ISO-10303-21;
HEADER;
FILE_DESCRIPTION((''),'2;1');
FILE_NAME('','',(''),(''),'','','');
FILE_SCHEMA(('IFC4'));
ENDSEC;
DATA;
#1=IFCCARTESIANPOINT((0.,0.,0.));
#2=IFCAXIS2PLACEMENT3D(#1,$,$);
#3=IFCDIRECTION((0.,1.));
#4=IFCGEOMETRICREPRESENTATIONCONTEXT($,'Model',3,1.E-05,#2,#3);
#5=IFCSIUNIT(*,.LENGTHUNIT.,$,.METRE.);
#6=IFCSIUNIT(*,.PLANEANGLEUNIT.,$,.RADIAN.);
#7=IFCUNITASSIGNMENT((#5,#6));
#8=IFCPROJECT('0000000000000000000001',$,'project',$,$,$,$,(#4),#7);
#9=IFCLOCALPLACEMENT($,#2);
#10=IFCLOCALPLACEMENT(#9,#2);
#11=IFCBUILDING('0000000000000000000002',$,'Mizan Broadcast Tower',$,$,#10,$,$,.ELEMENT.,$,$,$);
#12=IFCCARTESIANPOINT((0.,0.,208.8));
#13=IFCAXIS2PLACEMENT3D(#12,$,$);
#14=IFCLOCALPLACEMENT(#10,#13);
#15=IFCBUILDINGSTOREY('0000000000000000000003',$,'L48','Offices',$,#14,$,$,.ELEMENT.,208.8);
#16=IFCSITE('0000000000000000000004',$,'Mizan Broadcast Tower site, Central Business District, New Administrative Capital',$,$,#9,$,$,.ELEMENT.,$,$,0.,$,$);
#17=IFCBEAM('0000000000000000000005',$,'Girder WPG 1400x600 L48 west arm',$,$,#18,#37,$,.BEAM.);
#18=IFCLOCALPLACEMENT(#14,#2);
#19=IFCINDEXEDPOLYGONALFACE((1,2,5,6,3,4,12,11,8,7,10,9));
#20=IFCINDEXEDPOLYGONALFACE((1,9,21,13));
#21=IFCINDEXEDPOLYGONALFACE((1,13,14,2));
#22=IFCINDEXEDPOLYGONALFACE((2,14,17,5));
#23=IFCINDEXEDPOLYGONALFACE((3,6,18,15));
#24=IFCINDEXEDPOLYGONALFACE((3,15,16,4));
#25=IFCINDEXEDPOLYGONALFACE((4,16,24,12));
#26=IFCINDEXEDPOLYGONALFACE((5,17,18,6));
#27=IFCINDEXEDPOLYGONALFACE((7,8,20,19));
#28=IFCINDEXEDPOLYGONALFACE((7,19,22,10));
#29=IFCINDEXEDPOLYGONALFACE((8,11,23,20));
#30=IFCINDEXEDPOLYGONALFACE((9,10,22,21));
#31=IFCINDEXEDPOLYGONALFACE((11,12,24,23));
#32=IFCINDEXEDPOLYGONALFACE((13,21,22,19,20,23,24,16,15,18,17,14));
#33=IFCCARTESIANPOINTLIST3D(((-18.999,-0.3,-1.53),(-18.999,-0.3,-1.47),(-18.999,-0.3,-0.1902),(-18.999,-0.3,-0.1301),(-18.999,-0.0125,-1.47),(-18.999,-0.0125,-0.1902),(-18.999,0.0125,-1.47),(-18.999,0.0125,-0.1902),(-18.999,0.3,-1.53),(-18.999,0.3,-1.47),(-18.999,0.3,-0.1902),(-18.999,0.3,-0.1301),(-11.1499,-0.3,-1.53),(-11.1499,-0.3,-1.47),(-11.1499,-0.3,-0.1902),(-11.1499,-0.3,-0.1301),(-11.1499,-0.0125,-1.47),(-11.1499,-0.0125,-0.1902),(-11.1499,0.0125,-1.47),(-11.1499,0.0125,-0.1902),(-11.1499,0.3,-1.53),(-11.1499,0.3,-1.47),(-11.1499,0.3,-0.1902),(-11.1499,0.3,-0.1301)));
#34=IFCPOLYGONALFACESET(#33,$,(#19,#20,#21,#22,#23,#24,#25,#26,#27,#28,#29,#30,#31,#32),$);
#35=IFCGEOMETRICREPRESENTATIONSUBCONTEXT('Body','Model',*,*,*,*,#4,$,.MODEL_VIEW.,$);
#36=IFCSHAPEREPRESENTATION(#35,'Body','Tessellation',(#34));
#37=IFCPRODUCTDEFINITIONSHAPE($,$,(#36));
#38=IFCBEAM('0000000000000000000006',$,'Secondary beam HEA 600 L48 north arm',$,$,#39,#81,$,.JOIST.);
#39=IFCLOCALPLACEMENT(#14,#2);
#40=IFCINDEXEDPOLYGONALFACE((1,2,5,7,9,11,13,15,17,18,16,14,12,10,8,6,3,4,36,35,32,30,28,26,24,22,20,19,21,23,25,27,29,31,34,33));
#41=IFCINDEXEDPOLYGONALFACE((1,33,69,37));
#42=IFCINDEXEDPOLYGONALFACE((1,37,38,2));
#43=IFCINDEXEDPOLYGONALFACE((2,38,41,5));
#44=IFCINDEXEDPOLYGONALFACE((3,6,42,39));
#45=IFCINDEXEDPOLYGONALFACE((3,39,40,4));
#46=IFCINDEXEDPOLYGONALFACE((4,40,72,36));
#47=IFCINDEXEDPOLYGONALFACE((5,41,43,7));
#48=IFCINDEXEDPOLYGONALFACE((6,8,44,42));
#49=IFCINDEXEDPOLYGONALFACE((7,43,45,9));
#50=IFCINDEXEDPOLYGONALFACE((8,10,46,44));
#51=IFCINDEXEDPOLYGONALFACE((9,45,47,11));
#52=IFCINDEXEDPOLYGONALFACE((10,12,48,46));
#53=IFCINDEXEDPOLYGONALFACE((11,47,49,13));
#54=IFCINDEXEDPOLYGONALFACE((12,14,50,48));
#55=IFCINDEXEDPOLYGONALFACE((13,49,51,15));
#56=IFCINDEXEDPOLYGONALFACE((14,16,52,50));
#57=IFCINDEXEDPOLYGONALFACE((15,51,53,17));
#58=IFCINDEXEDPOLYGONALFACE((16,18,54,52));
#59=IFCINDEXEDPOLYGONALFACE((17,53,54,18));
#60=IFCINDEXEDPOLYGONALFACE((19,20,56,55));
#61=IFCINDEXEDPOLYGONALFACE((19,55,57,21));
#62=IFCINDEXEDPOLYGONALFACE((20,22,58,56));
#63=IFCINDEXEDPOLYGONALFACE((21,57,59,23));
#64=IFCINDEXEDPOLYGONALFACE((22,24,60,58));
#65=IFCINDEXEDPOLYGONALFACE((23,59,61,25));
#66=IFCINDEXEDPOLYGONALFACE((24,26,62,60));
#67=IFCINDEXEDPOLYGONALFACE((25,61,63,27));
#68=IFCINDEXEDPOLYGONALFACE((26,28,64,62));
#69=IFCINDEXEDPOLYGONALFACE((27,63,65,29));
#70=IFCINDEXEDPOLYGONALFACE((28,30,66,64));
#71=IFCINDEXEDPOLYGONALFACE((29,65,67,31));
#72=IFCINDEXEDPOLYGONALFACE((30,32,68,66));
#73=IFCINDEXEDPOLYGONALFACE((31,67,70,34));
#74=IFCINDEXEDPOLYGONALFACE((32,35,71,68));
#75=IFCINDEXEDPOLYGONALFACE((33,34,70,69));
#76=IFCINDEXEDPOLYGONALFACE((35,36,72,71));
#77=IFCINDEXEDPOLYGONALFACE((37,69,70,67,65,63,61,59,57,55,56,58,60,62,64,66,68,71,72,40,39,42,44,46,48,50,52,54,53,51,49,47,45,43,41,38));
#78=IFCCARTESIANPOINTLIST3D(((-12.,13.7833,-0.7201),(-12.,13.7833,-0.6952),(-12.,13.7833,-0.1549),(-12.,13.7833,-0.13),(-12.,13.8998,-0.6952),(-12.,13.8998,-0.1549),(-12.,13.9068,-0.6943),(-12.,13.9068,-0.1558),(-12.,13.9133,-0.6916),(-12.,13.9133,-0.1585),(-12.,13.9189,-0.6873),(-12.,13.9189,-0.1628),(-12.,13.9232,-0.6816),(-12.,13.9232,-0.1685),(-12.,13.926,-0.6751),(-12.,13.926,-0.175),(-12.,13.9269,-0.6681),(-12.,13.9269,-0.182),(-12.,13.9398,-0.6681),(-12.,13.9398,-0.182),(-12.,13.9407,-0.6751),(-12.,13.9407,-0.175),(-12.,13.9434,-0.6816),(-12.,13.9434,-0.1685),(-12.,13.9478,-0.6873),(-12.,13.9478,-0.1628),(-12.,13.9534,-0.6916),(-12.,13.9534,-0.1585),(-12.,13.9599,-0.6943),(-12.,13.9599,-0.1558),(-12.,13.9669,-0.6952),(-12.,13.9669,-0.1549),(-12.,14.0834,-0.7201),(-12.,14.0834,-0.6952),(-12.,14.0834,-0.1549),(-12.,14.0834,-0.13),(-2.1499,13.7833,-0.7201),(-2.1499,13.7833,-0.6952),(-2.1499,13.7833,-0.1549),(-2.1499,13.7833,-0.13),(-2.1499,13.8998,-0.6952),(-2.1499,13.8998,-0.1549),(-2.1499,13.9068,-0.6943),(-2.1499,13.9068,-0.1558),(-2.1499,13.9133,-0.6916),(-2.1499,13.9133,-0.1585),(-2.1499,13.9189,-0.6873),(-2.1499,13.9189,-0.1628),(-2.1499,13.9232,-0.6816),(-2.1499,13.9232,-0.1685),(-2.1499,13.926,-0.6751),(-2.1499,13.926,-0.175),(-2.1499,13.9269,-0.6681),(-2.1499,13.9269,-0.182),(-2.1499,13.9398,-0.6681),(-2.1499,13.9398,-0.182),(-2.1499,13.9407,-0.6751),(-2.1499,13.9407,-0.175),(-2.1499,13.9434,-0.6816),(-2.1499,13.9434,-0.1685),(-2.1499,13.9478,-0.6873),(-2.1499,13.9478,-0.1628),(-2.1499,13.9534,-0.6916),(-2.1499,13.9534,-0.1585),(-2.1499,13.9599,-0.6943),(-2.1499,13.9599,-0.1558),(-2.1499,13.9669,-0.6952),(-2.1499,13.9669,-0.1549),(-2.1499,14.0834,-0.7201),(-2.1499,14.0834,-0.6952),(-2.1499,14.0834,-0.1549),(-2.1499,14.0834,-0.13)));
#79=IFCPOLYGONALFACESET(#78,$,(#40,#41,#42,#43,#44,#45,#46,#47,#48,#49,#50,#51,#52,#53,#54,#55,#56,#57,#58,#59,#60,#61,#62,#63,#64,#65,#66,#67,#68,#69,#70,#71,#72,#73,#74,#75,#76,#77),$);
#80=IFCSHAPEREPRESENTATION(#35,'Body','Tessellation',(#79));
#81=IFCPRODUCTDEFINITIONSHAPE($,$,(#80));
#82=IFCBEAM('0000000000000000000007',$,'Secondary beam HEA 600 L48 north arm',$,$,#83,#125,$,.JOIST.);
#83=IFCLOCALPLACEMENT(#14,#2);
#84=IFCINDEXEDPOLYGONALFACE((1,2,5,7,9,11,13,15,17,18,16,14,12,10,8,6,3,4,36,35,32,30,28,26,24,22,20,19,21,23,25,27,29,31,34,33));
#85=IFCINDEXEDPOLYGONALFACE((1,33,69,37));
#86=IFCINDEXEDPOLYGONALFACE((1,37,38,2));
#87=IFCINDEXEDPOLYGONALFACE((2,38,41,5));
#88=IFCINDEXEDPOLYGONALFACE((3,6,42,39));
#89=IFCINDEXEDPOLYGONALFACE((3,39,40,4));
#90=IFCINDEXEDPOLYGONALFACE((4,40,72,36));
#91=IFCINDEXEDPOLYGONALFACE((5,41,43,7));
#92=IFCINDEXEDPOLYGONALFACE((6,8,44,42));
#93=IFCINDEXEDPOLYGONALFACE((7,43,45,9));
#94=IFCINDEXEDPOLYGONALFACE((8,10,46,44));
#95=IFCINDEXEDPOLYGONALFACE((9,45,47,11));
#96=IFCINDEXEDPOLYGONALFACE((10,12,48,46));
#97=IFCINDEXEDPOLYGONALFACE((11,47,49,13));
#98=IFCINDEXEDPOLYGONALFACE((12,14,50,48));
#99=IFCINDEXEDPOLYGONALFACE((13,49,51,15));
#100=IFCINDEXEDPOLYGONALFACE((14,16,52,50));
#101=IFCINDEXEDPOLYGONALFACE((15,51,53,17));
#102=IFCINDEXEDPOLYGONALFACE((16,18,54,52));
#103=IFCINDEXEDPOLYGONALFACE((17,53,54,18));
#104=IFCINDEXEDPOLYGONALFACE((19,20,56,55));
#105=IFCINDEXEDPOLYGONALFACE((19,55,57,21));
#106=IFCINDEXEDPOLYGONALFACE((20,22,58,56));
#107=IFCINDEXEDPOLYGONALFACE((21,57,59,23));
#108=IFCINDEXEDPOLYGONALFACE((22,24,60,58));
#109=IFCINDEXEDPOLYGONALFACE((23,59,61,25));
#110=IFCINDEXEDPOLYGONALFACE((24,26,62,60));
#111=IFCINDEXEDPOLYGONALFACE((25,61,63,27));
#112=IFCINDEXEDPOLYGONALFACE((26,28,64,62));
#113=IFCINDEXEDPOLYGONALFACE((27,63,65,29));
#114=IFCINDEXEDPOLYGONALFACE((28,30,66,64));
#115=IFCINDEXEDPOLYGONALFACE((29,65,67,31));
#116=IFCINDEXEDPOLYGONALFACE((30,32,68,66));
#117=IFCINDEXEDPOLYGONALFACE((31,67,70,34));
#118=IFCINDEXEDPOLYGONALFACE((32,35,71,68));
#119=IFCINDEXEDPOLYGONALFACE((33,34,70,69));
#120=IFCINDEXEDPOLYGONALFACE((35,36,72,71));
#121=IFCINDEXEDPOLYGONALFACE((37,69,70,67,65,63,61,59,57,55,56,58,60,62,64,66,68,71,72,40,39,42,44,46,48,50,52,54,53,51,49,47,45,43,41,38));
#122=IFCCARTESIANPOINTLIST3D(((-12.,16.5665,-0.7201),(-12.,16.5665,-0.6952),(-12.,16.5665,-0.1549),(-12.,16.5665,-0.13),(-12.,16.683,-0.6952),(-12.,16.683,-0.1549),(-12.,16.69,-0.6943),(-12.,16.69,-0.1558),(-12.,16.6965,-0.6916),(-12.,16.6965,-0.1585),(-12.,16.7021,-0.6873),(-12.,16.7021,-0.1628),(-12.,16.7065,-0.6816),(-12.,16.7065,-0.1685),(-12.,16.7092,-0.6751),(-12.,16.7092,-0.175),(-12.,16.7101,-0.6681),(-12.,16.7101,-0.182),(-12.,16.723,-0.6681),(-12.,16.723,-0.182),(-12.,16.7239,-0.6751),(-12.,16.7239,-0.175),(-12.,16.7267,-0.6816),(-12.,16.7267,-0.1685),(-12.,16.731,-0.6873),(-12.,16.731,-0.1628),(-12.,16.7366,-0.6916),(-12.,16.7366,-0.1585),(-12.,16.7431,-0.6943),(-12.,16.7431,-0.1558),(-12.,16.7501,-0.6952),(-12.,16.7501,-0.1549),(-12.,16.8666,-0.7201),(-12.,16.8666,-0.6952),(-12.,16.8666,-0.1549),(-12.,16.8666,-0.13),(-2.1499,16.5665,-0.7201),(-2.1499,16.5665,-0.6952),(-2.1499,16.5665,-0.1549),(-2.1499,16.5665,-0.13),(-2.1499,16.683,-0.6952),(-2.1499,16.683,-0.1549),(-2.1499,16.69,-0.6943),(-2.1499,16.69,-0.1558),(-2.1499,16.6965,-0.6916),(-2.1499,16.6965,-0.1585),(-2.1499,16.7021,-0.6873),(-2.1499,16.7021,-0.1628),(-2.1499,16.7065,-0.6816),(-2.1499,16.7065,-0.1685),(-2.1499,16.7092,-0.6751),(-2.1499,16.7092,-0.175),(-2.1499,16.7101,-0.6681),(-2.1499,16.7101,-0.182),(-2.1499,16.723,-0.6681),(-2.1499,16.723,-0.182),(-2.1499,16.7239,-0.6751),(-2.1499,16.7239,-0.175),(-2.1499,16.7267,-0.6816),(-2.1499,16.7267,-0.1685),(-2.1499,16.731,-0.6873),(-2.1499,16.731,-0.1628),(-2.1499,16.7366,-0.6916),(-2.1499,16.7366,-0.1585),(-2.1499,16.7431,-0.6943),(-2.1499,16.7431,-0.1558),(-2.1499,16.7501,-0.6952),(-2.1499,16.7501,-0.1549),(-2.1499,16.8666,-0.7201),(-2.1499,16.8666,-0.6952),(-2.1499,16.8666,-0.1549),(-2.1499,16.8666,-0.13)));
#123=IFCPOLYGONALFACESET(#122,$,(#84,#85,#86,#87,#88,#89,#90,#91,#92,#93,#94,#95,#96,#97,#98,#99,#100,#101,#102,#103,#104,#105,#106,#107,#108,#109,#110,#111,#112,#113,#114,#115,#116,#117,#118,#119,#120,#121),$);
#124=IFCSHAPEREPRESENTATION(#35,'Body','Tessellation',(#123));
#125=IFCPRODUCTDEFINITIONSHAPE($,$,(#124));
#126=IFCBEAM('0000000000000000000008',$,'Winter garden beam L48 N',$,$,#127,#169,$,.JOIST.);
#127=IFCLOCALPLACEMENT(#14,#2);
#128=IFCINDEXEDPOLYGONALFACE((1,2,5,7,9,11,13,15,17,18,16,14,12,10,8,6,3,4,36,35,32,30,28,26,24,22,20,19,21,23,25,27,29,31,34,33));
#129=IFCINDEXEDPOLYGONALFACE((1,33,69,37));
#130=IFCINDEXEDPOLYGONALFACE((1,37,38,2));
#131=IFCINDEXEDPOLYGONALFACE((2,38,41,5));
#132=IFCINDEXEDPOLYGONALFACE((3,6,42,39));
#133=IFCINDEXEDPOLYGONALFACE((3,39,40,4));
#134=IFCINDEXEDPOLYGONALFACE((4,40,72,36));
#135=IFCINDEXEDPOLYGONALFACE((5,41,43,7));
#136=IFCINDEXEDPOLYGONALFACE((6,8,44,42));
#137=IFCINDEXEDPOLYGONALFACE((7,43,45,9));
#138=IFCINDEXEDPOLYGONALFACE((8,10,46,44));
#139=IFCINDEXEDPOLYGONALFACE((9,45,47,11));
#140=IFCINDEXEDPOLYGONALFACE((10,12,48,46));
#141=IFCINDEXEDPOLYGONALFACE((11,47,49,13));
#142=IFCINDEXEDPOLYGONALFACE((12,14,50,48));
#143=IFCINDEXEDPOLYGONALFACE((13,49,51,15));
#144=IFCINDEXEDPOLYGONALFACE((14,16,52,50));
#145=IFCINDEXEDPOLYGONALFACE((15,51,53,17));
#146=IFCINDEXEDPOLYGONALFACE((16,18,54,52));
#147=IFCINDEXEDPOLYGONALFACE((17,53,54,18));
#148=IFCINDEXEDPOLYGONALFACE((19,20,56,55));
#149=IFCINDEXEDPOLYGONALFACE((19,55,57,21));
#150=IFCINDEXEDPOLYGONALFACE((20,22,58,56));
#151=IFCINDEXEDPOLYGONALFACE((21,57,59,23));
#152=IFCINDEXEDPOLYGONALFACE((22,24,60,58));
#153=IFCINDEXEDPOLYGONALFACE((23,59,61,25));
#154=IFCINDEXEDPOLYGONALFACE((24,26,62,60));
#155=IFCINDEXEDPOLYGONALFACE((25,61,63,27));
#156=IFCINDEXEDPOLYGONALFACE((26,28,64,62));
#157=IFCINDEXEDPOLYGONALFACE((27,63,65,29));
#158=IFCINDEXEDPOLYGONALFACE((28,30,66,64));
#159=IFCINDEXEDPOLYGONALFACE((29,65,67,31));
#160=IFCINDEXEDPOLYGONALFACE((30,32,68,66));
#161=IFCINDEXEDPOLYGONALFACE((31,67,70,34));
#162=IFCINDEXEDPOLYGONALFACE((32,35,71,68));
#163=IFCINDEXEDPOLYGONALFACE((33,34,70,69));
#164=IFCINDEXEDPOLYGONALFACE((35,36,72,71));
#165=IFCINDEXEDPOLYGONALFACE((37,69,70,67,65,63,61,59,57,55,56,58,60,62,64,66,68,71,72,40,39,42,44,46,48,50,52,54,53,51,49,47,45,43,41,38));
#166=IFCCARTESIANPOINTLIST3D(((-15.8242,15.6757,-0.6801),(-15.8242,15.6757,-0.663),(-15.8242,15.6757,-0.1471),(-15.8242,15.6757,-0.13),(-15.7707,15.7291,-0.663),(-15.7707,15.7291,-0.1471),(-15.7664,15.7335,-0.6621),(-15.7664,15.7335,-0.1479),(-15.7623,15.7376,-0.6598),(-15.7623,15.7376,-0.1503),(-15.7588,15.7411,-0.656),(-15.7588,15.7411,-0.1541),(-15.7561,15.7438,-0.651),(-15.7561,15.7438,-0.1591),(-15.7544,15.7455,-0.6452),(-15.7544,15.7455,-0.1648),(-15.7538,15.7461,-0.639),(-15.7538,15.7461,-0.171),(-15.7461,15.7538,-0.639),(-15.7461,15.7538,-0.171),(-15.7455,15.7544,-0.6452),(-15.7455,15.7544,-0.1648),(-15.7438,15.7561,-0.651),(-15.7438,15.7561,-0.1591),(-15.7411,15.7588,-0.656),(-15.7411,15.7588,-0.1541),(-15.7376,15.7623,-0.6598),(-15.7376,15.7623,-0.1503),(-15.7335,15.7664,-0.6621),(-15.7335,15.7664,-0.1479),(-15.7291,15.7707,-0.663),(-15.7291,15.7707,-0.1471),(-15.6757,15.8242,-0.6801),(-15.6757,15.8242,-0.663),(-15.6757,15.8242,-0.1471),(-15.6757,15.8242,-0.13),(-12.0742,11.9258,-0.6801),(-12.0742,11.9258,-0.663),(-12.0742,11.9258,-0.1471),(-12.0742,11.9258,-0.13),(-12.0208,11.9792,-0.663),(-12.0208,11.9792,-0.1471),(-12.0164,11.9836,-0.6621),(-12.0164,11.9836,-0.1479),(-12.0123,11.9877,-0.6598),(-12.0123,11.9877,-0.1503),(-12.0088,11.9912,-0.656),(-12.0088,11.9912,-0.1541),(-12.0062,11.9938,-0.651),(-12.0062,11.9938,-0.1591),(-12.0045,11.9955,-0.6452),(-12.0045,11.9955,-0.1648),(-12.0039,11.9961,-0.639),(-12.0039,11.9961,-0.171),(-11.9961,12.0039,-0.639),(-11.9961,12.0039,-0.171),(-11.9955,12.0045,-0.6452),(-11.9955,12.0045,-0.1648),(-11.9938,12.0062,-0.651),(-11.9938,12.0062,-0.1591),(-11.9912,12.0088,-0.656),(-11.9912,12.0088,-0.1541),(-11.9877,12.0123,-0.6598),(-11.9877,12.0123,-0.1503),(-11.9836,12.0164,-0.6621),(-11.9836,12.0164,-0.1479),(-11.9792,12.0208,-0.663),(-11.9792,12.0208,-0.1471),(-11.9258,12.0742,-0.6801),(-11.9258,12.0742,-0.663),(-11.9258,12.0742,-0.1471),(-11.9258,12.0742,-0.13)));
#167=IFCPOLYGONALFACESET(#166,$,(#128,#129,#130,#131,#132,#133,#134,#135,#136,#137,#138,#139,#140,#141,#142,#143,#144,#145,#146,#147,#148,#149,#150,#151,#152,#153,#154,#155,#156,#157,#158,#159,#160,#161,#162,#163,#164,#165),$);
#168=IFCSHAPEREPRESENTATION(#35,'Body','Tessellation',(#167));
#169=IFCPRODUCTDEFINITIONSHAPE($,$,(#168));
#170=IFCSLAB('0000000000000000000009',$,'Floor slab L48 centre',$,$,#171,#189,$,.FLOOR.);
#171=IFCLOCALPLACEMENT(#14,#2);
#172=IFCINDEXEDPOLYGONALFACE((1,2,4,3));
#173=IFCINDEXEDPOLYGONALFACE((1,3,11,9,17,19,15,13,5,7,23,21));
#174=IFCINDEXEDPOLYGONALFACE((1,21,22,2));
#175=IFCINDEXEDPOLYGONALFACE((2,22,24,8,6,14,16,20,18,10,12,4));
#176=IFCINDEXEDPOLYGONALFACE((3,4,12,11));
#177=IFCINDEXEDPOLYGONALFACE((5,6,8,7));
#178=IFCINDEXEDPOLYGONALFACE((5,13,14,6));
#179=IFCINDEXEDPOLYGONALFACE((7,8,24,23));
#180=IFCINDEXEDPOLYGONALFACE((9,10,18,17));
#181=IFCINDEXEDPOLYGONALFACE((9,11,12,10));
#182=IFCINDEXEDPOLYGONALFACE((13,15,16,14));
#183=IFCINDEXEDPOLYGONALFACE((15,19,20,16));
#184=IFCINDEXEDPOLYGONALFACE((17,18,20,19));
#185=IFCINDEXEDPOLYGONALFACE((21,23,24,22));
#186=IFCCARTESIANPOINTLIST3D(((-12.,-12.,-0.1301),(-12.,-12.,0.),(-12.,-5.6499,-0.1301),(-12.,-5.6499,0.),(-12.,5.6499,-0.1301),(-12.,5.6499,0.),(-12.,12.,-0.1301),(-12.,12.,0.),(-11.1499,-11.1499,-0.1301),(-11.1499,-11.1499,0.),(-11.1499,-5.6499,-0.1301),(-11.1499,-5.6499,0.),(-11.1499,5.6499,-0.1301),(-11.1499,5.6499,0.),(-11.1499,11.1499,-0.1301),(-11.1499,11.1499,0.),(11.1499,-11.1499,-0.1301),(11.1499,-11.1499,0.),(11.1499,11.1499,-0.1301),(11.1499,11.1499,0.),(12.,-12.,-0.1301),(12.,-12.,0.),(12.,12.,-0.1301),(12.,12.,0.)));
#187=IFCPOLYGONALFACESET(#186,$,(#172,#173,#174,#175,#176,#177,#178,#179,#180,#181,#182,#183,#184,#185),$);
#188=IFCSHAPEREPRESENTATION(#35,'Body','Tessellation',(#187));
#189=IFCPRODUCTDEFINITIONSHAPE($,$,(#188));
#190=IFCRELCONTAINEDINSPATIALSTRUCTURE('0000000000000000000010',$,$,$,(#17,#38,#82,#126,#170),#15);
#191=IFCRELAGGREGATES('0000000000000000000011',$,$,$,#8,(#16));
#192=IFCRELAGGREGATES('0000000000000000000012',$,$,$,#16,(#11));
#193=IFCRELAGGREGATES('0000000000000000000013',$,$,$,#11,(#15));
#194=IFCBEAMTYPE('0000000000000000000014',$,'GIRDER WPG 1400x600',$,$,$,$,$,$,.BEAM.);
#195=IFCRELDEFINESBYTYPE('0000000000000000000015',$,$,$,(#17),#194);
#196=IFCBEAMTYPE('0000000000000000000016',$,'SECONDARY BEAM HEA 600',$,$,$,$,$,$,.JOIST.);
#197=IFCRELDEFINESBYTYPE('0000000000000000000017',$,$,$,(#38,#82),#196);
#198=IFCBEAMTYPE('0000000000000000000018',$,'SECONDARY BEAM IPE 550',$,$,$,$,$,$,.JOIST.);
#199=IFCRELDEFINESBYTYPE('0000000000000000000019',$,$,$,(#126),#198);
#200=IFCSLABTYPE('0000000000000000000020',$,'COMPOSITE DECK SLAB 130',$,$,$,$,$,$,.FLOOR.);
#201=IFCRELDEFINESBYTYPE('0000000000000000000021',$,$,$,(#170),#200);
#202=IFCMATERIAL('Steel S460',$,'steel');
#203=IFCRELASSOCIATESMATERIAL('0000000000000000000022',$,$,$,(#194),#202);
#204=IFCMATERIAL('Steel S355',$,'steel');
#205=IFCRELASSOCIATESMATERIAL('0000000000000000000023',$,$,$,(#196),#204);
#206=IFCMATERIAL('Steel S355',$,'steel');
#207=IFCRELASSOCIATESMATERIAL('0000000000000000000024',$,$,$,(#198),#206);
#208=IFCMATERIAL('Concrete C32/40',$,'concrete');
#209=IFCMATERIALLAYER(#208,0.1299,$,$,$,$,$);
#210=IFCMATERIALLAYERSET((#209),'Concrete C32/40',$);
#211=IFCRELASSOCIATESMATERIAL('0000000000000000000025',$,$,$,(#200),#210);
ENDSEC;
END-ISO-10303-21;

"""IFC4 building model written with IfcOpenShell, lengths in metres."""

from ifc_helpers import new_model, si_unit, direction, frame, origin, origin_2d, place, context, subcontext, project, spatial, polyline, i_section, outline, extrude, material, layer, layer_set, material_profile, profile_set, type_object, element, save


model = new_model("IFC4")

# Units and contexts
model_context = context("Model", 3, precision=1e-05, world=origin(), true_north=direction((0.0, 1.0)))
body_context = subcontext(model_context, "Body", "Model", "MODEL_VIEW")
ifc_project = project(units=[si_unit("LENGTHUNIT", "METRE"), si_unit("PLANEANGLEUNIT", "RADIAN")], contexts=[model_context])

# Site, building, storey
site_placement = place(None, origin())
site = spatial("IfcSite", under=ifc_project, at=site_placement, Name="Mizan Broadcast Tower site, Central Business District, New Administrative Capital", CompositionType="ELEMENT", RefElevation=0.0)
building_placement = place(site_placement, origin())
building = spatial("IfcBuilding", under=site, at=building_placement, Name="Mizan Broadcast Tower", CompositionType="ELEMENT")
storey_placement = place(building_placement, frame((0.0, 0.0, 208.8)))
storey = spatial("IfcBuildingStorey", under=building, at=storey_placement, Name="L48", Description="Offices", CompositionType="ELEMENT", Elevation=208.8)

# Beams
ifc_material_1 = material(Name="Steel S460", Category="steel")
ifc_material_profile_1 = material_profile(ifc_material_1, i_section(OverallWidth=0.6001, OverallDepth=1.3999, WebThickness=0.0249, FlangeThickness=0.0601, at=origin_2d()), Name="WPG 1400x600")
ifc_profile_set_1 = profile_set([ifc_material_profile_1], Name="Steel S460")
beam_type_1 = type_object("IfcBeamType", Name="GIRDER WPG 1400x600", PredefinedType="BEAM", material=ifc_profile_set_1)
for number, where, z_axis, x_axis, name in (
    (1, (-11.1499, 0.0, -0.8301), (-1.0, 0.0, 0.0), (0.0, -1.0, 0.0), "Girder WPG 1400x600 L48 west arm"),
):
    element("IfcBeam", number, at=place(storey_placement, frame(where, z_axis=z_axis, x_axis=x_axis)), inside=storey, type_object=beam_type_1, Name=name, PredefinedType="BEAM", context=body_context, shape_type="SweptSolid", body=[
        extrude(i_section(OverallWidth=0.6001, OverallDepth=1.3999, WebThickness=0.0249, FlangeThickness=0.0601, at=origin_2d()), origin(), (0.0, 0.0, 1.0), 7.8491),
    ])
ifc_material_2 = material(Name="Steel S355", Category="steel")
ifc_material_profile_2 = material_profile(ifc_material_2, i_section(OverallWidth=0.3, OverallDepth=0.5901, WebThickness=0.0129, FlangeThickness=0.0249, FilletRadius=0.0271, at=origin_2d()), Name="HEA 600")
ifc_profile_set_2 = profile_set([ifc_material_profile_2], Name="Steel S355")
beam_type_2 = type_object("IfcBeamType", Name="SECONDARY BEAM HEA 600", PredefinedType="JOIST", material=ifc_profile_set_2)
for number, where, z_axis, x_axis, name in (
    (2, (-12.0, 13.9333, -0.425), (1.0, 0.0, 0.0), (0.0, 1.0, 0.0), "Secondary beam HEA 600 L48 north arm"),
    (3, (-12.0, 16.7166, -0.425), (1.0, 0.0, 0.0), (0.0, 1.0, 0.0), "Secondary beam HEA 600 L48 north arm"),
):
    element("IfcBeam", number, at=place(storey_placement, frame(where, z_axis=z_axis, x_axis=x_axis)), inside=storey, type_object=beam_type_2, Name=name, PredefinedType="JOIST", context=body_context, shape_type="SweptSolid", body=[
        extrude(i_section(OverallWidth=0.3, OverallDepth=0.5901, WebThickness=0.0129, FlangeThickness=0.0249, FilletRadius=0.0271, at=origin_2d()), origin(), (0.0, 0.0, 1.0), 9.8501),
    ])
ifc_material_3 = material(Name="Steel S355", Category="steel")
ifc_material_profile_3 = material_profile(ifc_material_3, i_section(OverallWidth=0.21, OverallDepth=0.55, WebThickness=0.011, FlangeThickness=0.0171, FilletRadius=0.0239, at=origin_2d()), Name="IPE 550")
ifc_profile_set_3 = profile_set([ifc_material_profile_3], Name="Steel S355")
beam_type_3 = type_object("IfcBeamType", Name="SECONDARY BEAM IPE 550", PredefinedType="JOIST", material=ifc_profile_set_3)
beam_1_placement = place(storey_placement, frame((-12.0, 12.0, -0.405), z_axis=(-0.707107, 0.707107, 0.0), x_axis=(-0.707107, -0.707107, 0.0)))
element("IfcBeam", 4, at=beam_1_placement, inside=storey, type_object=beam_type_3, Name="Winter garden beam L48 N", PredefinedType="JOIST", context=body_context, shape_type="SweptSolid", body=[
    extrude(i_section(OverallWidth=0.21, OverallDepth=0.55, WebThickness=0.011, FlangeThickness=0.0171, FilletRadius=0.0239, at=origin_2d()), origin(), (0.0, 0.0, 1.0), 5.3032),
])

# Slab
ifc_material_4 = material(Name="Concrete C32/40", Category="concrete")
ifc_layer_1 = layer(ifc_material_4, 0.1299)
ifc_layer_set_1 = layer_set([ifc_layer_1], Name="Concrete C32/40")
slab_type = type_object("IfcSlabType", Name="COMPOSITE DECK SLAB 130", PredefinedType="FLOOR", material=ifc_layer_set_1)
slab_placement = place(storey_placement, frame((0.0, 0.0, -0.1301)))
element("IfcSlab", 5, at=slab_placement, inside=storey, type_object=slab_type, Name="Floor slab L48 centre", PredefinedType="FLOOR", context=body_context, shape_type="SweptSolid", body=[
    extrude(outline(polyline([(-11.1499, -5.6499), (-12.0, -5.6499), (-12.0, -12.0), (12.0, -12.0), (12.0, 12.0), (-12.0, 12.0), (-12.0, 5.6499), (-11.1499, 5.6499), (-11.1499, 11.1499), (11.1499, 11.1499), (11.1499, -11.1499), (-11.1499, -11.1499), (-11.1499, -5.6499)])), origin(), (0.0, 0.0, 1.0), 0.1301),
])

save(model, "model.ifc")
